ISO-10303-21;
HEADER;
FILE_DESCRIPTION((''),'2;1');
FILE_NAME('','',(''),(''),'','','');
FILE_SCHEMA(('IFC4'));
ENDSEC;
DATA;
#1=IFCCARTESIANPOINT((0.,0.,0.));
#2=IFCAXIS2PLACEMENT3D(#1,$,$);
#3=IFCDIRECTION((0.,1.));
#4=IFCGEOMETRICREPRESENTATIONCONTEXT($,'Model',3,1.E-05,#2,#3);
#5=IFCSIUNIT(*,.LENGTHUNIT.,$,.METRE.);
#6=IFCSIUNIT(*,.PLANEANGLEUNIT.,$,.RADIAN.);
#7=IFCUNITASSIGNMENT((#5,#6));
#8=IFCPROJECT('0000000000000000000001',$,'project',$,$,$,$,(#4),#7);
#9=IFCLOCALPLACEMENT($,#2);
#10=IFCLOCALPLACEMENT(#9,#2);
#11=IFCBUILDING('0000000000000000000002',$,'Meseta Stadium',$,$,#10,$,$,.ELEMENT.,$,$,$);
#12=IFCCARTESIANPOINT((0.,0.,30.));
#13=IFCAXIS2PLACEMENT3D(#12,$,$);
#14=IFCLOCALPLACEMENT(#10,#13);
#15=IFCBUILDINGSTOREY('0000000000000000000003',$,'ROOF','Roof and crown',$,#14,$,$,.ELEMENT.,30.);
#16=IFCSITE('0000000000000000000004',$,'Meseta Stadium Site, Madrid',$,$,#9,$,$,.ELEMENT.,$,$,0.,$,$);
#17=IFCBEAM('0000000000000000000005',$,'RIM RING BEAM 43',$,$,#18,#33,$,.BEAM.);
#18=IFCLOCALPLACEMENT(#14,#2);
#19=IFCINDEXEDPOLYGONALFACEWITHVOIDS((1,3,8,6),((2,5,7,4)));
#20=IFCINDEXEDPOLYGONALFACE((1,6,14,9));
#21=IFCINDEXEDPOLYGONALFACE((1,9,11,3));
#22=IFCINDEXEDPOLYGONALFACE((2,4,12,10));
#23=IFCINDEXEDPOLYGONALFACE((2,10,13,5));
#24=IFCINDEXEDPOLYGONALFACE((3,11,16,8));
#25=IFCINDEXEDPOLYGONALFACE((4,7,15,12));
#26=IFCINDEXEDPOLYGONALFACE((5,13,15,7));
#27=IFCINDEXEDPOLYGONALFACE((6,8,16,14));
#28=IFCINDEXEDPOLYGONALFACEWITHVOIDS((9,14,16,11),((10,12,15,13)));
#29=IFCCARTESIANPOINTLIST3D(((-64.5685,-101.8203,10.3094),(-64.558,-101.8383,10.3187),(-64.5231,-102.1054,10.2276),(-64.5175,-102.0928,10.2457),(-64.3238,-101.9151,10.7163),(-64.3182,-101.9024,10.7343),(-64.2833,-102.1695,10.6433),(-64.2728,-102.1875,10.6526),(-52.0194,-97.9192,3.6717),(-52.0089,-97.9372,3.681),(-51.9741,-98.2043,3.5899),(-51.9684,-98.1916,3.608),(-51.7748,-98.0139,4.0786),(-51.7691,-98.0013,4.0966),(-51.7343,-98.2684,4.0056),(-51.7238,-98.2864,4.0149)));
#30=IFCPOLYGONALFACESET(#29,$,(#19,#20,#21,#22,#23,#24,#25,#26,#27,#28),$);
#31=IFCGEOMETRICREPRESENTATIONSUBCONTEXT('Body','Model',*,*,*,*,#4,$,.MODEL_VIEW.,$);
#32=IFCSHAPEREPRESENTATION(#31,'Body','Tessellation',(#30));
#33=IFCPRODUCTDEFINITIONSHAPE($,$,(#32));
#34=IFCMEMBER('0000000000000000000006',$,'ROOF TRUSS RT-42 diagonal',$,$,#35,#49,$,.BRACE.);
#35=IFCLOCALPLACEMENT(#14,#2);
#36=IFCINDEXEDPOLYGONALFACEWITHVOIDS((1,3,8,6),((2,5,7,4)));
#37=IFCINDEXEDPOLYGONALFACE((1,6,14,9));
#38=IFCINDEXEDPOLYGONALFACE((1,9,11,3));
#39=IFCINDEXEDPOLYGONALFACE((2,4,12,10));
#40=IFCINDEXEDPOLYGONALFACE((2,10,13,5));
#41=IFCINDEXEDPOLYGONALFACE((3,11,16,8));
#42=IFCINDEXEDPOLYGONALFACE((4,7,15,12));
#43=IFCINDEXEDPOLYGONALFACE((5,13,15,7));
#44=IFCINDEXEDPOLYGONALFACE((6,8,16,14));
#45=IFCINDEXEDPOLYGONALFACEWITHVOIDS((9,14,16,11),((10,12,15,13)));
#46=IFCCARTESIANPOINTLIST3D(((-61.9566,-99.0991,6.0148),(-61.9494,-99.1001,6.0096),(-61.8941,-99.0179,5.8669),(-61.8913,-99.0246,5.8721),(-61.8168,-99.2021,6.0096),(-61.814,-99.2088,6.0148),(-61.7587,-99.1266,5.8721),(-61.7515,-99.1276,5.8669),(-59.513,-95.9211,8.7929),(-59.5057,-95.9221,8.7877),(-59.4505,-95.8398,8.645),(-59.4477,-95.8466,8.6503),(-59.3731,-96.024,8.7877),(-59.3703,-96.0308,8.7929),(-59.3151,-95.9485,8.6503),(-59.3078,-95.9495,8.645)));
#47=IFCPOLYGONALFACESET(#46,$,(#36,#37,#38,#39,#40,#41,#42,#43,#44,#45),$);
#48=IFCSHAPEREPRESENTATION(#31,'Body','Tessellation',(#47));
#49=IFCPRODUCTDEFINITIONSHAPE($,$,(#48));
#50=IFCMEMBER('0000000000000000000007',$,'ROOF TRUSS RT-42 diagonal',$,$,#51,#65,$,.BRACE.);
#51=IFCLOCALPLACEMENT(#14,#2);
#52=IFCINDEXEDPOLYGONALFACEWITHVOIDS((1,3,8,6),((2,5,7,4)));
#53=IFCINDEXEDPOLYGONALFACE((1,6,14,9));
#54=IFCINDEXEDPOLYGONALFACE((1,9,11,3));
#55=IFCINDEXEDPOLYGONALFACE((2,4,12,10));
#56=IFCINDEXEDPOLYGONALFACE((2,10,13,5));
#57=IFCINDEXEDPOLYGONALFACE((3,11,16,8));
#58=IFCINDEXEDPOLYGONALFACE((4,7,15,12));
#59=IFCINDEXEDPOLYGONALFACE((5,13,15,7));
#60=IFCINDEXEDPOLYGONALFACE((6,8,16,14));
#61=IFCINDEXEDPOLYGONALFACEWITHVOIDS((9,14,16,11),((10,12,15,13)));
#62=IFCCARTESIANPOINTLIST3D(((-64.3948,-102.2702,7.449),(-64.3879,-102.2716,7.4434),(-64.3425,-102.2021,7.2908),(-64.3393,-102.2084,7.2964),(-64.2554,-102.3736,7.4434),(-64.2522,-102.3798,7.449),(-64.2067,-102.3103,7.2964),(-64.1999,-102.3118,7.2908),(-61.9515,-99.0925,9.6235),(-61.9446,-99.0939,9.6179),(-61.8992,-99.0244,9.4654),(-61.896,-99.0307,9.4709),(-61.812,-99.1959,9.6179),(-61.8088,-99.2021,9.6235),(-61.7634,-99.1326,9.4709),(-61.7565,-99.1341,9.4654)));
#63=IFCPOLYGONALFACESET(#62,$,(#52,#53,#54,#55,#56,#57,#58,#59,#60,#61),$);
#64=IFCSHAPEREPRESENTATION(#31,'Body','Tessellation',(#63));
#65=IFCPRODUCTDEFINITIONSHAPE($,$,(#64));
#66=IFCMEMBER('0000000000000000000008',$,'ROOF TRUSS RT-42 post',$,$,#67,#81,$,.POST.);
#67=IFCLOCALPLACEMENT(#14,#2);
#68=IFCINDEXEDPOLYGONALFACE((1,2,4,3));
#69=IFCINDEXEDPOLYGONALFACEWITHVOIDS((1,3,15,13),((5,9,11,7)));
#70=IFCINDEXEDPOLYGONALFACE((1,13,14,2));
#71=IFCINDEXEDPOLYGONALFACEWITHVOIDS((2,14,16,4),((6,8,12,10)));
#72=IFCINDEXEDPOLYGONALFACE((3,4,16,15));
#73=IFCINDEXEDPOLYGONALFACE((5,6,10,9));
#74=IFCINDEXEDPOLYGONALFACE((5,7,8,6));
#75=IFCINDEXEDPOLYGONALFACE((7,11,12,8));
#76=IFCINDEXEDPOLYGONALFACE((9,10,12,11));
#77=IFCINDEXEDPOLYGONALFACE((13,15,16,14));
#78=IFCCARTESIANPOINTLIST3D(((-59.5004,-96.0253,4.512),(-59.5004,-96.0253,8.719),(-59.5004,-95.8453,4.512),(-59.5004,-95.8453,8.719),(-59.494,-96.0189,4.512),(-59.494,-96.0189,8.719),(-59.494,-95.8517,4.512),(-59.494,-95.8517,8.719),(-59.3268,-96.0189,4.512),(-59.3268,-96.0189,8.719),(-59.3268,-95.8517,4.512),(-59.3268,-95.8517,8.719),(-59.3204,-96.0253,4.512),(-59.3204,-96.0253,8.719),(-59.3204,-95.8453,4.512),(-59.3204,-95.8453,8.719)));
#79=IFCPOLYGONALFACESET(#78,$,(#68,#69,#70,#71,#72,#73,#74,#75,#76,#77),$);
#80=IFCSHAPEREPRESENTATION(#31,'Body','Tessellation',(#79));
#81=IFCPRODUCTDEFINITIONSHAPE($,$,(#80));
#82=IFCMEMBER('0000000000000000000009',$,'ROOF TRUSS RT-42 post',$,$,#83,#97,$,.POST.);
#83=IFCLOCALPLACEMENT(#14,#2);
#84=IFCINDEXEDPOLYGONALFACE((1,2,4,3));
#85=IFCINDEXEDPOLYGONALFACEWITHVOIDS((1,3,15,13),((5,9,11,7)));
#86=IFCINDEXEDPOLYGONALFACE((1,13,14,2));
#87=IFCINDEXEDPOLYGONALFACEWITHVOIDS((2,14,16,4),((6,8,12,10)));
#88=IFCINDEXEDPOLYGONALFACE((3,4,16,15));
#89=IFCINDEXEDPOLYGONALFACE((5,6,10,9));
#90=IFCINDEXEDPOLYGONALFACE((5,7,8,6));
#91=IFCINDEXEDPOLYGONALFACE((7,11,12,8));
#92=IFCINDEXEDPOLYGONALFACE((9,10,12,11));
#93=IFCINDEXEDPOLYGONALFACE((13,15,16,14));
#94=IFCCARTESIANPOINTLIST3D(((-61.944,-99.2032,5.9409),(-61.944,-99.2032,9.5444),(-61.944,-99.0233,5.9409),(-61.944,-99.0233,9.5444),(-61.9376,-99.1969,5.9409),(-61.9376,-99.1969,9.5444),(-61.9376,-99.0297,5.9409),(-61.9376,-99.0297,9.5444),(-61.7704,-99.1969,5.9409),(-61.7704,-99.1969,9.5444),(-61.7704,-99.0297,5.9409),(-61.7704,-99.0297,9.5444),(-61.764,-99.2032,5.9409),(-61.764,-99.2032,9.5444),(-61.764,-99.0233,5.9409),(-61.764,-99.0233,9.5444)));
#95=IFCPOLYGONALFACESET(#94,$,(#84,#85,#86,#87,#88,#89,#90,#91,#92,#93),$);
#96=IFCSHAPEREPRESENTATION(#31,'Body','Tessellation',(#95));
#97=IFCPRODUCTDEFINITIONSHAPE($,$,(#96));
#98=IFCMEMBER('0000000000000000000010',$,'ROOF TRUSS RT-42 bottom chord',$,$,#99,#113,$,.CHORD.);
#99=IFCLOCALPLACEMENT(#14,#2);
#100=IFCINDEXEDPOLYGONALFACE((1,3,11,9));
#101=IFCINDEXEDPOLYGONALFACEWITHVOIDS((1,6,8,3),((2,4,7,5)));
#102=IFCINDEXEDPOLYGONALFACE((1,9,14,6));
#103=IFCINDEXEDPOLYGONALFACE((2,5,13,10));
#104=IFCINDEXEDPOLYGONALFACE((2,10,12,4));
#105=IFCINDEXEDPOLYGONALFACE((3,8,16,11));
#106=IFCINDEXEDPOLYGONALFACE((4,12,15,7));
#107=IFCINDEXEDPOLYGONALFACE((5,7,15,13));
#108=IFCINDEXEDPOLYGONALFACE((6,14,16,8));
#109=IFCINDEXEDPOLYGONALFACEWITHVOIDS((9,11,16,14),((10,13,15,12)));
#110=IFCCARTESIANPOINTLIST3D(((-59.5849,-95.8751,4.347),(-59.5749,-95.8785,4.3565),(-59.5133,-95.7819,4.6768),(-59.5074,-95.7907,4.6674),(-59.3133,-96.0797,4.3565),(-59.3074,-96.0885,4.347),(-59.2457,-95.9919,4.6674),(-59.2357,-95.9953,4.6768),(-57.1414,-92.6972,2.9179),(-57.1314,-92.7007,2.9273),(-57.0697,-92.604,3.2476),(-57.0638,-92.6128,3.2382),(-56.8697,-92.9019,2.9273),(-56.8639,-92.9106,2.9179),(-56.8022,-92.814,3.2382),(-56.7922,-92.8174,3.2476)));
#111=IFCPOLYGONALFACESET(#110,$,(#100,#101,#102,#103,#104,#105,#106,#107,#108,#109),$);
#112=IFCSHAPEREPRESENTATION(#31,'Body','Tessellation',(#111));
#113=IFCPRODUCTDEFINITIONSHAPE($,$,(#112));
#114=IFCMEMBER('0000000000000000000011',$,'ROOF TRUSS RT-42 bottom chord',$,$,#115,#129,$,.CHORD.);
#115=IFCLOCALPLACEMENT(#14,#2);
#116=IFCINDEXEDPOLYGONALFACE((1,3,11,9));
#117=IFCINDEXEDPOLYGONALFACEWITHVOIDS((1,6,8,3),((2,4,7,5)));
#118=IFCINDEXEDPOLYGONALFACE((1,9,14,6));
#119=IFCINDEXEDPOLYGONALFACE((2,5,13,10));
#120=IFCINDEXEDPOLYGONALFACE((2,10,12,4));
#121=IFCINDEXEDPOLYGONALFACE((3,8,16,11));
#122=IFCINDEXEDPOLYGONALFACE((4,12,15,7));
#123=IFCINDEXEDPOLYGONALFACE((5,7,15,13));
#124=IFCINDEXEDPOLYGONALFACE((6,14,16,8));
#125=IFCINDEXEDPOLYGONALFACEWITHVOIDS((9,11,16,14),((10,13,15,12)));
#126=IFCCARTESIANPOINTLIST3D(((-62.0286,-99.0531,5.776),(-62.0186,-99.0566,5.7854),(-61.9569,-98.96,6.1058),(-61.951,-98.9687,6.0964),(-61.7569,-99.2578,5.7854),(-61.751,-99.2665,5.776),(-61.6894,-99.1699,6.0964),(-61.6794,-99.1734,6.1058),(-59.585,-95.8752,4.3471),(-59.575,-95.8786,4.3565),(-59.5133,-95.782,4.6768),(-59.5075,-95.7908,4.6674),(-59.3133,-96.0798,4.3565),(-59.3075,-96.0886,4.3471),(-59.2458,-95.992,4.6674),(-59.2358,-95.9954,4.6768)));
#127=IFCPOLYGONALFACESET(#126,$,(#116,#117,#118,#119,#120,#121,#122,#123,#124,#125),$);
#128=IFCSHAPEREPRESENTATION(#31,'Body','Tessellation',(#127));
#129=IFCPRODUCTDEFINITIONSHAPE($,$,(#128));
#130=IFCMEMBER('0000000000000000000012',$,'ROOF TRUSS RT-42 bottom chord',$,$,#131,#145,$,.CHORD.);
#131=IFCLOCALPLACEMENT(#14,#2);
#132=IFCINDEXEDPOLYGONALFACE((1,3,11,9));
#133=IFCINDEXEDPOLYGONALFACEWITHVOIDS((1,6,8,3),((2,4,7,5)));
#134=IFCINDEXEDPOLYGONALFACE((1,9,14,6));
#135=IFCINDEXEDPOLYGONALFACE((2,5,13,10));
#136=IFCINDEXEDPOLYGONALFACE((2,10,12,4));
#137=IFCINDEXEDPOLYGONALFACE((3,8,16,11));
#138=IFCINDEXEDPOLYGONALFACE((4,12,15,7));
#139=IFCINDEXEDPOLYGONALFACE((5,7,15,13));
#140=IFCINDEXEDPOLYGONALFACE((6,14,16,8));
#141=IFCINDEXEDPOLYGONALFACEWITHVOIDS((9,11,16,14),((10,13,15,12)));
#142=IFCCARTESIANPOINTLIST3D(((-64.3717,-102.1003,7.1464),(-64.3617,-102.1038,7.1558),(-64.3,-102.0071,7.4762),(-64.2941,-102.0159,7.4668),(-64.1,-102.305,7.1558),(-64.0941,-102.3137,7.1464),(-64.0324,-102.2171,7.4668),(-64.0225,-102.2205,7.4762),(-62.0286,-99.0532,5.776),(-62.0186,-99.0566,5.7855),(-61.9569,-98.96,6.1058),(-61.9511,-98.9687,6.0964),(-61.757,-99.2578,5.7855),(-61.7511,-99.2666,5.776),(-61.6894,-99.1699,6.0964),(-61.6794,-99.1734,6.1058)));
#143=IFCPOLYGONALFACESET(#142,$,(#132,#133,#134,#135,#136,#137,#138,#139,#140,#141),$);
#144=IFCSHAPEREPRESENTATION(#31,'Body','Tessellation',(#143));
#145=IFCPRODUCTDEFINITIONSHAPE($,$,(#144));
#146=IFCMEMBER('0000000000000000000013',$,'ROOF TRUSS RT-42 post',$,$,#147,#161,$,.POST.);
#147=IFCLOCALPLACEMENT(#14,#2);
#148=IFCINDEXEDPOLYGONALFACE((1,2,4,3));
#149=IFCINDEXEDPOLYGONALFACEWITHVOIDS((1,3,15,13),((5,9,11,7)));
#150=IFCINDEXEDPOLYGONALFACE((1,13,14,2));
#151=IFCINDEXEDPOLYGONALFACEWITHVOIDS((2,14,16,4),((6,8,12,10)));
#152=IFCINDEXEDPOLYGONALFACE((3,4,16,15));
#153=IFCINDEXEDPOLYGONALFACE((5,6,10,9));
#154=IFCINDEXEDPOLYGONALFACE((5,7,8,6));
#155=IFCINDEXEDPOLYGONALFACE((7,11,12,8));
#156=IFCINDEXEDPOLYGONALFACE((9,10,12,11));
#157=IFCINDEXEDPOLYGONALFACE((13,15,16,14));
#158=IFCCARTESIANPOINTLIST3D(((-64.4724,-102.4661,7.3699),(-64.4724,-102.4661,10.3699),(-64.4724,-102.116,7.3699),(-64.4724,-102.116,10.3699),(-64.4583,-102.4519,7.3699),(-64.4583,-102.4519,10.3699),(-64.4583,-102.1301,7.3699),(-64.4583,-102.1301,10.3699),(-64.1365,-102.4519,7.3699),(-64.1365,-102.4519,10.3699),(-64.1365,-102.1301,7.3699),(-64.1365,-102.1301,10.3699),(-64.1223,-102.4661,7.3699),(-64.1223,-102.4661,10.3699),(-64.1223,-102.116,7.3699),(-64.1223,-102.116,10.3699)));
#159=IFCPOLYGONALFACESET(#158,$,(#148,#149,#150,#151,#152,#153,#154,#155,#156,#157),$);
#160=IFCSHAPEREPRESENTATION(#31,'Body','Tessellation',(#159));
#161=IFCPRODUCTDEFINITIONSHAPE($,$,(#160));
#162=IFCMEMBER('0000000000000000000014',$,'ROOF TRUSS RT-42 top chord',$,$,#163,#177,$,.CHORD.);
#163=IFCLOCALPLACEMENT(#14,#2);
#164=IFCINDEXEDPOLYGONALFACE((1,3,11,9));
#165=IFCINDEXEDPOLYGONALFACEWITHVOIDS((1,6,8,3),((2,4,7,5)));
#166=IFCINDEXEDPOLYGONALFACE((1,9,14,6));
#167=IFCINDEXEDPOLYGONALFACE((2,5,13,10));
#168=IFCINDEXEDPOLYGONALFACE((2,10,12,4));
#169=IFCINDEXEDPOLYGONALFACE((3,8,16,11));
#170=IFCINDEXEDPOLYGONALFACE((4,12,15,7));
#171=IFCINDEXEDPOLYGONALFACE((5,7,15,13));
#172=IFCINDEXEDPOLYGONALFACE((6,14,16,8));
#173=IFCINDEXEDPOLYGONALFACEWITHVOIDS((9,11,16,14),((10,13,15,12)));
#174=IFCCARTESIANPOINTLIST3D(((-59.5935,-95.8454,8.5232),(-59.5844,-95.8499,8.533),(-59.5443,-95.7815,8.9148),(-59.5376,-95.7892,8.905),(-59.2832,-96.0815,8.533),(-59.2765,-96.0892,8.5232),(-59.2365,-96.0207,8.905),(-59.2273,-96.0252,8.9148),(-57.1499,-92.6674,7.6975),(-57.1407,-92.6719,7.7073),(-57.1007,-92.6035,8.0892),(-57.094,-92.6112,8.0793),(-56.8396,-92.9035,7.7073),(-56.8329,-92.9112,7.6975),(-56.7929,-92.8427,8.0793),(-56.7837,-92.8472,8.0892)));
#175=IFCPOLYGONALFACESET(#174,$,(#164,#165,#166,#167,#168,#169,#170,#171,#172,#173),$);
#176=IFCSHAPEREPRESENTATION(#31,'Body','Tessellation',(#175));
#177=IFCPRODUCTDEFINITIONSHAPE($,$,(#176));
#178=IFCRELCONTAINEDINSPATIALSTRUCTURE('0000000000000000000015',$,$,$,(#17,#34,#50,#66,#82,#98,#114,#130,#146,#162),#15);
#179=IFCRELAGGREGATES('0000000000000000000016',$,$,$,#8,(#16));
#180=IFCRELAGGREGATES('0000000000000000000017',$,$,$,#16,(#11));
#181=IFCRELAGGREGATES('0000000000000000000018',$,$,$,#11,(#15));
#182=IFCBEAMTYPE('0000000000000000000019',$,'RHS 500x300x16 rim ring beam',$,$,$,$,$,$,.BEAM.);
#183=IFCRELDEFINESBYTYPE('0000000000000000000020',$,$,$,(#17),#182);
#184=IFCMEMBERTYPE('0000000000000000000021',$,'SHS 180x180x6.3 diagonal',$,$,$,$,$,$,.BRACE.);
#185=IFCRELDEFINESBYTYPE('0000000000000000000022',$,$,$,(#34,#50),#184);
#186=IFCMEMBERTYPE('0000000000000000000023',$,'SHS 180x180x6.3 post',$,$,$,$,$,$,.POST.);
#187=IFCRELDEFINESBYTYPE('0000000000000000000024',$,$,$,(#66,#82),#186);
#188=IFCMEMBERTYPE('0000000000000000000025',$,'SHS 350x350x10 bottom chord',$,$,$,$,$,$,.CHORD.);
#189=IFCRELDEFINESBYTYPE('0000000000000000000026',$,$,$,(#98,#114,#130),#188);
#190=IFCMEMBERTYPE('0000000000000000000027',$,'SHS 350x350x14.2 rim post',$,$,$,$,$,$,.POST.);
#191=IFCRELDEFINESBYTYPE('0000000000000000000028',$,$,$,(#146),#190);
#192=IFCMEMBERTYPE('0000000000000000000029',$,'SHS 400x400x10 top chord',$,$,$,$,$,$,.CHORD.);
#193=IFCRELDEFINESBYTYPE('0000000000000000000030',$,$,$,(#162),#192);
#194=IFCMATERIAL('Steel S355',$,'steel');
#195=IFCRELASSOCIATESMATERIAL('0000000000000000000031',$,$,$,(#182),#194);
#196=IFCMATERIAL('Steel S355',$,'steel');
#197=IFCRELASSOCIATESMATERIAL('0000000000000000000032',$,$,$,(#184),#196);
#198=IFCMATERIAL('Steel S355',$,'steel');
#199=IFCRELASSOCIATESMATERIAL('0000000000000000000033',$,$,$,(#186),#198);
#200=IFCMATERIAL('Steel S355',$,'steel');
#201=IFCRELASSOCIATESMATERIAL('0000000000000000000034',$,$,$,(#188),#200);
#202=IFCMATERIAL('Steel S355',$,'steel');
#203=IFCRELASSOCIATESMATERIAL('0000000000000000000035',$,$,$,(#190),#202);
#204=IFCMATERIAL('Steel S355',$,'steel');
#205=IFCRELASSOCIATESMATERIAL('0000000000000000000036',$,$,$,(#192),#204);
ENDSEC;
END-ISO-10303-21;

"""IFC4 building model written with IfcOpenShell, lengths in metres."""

from ifc_helpers import new_model, si_unit, direction, frame, origin, origin_2d, place, context, subcontext, project, spatial, hollow_rectangle, extrude, material, material_profile, profile_set, type_object, element, save


model = new_model("IFC4")

# Units and contexts
model_context = context("Model", 3, precision=1e-05, world=origin(), true_north=direction((0.0, 1.0)))
body_context = subcontext(model_context, "Body", "Model", "MODEL_VIEW")
ifc_project = project(units=[si_unit("LENGTHUNIT", "METRE"), si_unit("PLANEANGLEUNIT", "RADIAN")], contexts=[model_context])

# Site, building, storey
site_placement = place(None, origin())
site = spatial("IfcSite", under=ifc_project, at=site_placement, Name="Meseta Stadium Site, Madrid", CompositionType="ELEMENT", RefElevation=0.0)
building_placement = place(site_placement, origin())
building = spatial("IfcBuilding", under=site, at=building_placement, Name="Meseta Stadium", CompositionType="ELEMENT")
storey_placement = place(building_placement, frame((0.0, 0.0, 30.0)))
storey = spatial("IfcBuildingStorey", under=building, at=storey_placement, Name="ROOF", Description="Roof and crown", CompositionType="ELEMENT", Elevation=30.0)

# Beam
ifc_material_1 = material(Name="Steel S355", Category="steel")
ifc_material_profile_1 = material_profile(ifc_material_1, hollow_rectangle(XDim=0.3, YDim=0.5, WallThickness=0.0161, at=origin_2d()), Name="RHS 500x300x16")
ifc_profile_set_1 = profile_set([ifc_material_profile_1], Name="Steel S355")
beam_type = type_object("IfcBeamType", Name="RHS 500x300x16 rim ring beam", PredefinedType="BEAM", material=ifc_profile_set_1)
beam_placement = place(storey_placement, frame((-64.4207, -102.0039, 10.481), z_axis=(0.852364, 0.264974, -0.450849), x_axis=(-0.15122, 0.950183, 0.272552)))
element("IfcBeam", 1, at=beam_placement, inside=storey, type_object=beam_type, Name="RIM RING BEAM 43", PredefinedType="BEAM", context=body_context, shape_type="SweptSolid", body=[
    extrude(hollow_rectangle(XDim=0.3, YDim=0.5, WallThickness=0.0161, at=origin_2d()), origin(), (0.0, 0.0, 1.0), 14.7227),
])

# Members
ifc_material_2 = material(Name="Steel S355", Category="steel")
ifc_material_profile_2 = material_profile(ifc_material_2, hollow_rectangle(XDim=0.1799, YDim=0.1799, WallThickness=0.0063, at=origin_2d()), Name="SHS 180x180x6.3")
ifc_profile_set_2 = profile_set([ifc_material_profile_2], Name="Steel S355")
member_type_1 = type_object("IfcMemberType", Name="SHS 180x180x6.3 diagonal", PredefinedType="BRACE", material=ifc_profile_set_2)
member_1_placement = place(storey_placement, frame((-59.4104, -95.9353, 8.719), z_axis=(-0.501011, -0.65158, -0.569588), x_axis=(0.792744, -0.609555, 0.0)))
element("IfcMember", 2, at=member_1_placement, inside=storey, type_object=member_type_1, Name="ROOF TRUSS RT-42 diagonal", PredefinedType="BRACE", context=body_context, shape_type="SweptSolid", body=[
    extrude(hollow_rectangle(XDim=0.1799, YDim=0.1799, WallThickness=0.0063, at=origin_2d()), origin(), (0.0, 0.0, 1.0), 4.8774),
])
member_2_placement = place(storey_placement, frame((-61.854, -99.1133, 9.5444), z_axis=(-0.535784, -0.696819, -0.476842), x_axis=(0.792751, -0.609546, 0.0)))
element("IfcMember", 3, at=member_2_placement, inside=storey, type_object=member_type_1, Name="ROOF TRUSS RT-42 diagonal", PredefinedType="BRACE", context=body_context, shape_type="SweptSolid", body=[
    extrude(hollow_rectangle(XDim=0.1799, YDim=0.1799, WallThickness=0.0063, at=origin_2d()), origin(), (0.0, 0.0, 1.0), 4.5603),
])
ifc_material_3 = material(Name="Steel S355", Category="steel")
ifc_material_profile_3 = material_profile(ifc_material_3, hollow_rectangle(XDim=0.1799, YDim=0.1799, WallThickness=0.0063, at=origin_2d()), Name="SHS 180x180x6.3")
ifc_profile_set_3 = profile_set([ifc_material_profile_3], Name="Steel S355")
member_type_2 = type_object("IfcMemberType", Name="SHS 180x180x6.3 post", PredefinedType="POST", material=ifc_profile_set_3)
member_3_placement = place(storey_placement, frame((-59.4104, -95.9353, 4.512), z_axis=(0.0, 0.0, 1.0), x_axis=(1.0, 0.0, 0.0)))
element("IfcMember", 4, at=member_3_placement, inside=storey, type_object=member_type_2, Name="ROOF TRUSS RT-42 post", PredefinedType="POST", context=body_context, shape_type="SweptSolid", body=[
    extrude(hollow_rectangle(XDim=0.1799, YDim=0.1799, WallThickness=0.0063, at=origin_2d()), origin(), (0.0, 0.0, 1.0), 4.207),
])
member_4_placement = place(storey_placement, frame((-61.854, -99.1133, 5.9409), z_axis=(0.0, 0.0, 1.0), x_axis=(1.0, 0.0, 0.0)))
element("IfcMember", 5, at=member_4_placement, inside=storey, type_object=member_type_2, Name="ROOF TRUSS RT-42 post", PredefinedType="POST", context=body_context, shape_type="SweptSolid", body=[
    extrude(hollow_rectangle(XDim=0.1799, YDim=0.1799, WallThickness=0.0063, at=origin_2d()), origin(), (0.0, 0.0, 1.0), 3.6035),
])
ifc_material_4 = material(Name="Steel S355", Category="steel")
ifc_material_profile_4 = material_profile(ifc_material_4, hollow_rectangle(XDim=0.3501, YDim=0.3501, WallThickness=0.01, at=origin_2d()), Name="SHS 350x350x10")
ifc_profile_set_4 = profile_set([ifc_material_profile_4], Name="Steel S355")
member_type_3 = type_object("IfcMemberType", Name="SHS 350x350x10 bottom chord", PredefinedType="CHORD", material=ifc_profile_set_4)
for number, where, z_axis, x_axis, name in (
    (6, (-56.9668, -92.7573, 3.0828), (-0.574158, -0.746709, 0.33581), (0.792744, -0.609555, 0.0), "ROOF TRUSS RT-42 bottom chord"),
    (7, (-59.4104, -95.9353, 4.512), (-0.574169, -0.746724, 0.335759), (0.792744, -0.609555, 0.0), "ROOF TRUSS RT-42 bottom chord"),
):
    element("IfcMember", number, at=place(storey_placement, frame(where, z_axis=z_axis, x_axis=x_axis)), inside=storey, type_object=member_type_3, Name=name, PredefinedType="CHORD", context=body_context, shape_type="SweptSolid", body=[
        extrude(hollow_rectangle(XDim=0.3501, YDim=0.3501, WallThickness=0.01, at=origin_2d()), origin(), (0.0, 0.0, 1.0), 4.2559),
    ])
member_5_placement = place(storey_placement, frame((-61.854, -99.1133, 5.9409), z_axis=(-0.574163, -0.746705, 0.335811), x_axis=(0.79274, -0.60956, 0.0)))
element("IfcMember", 8, at=member_5_placement, inside=storey, type_object=member_type_3, Name="ROOF TRUSS RT-42 bottom chord", PredefinedType="CHORD", context=body_context, shape_type="SweptSolid", body=[
    extrude(hollow_rectangle(XDim=0.3501, YDim=0.3501, WallThickness=0.01, at=origin_2d()), origin(), (0.0, 0.0, 1.0), 4.0808),
])
ifc_material_5 = material(Name="Steel S355", Category="steel")
ifc_material_profile_5 = material_profile(ifc_material_5, hollow_rectangle(XDim=0.3501, YDim=0.3501, WallThickness=0.0142, at=origin_2d()), Name="SHS 350x350x14.2")
ifc_profile_set_5 = profile_set([ifc_material_profile_5], Name="Steel S355")
member_type_4 = type_object("IfcMemberType", Name="SHS 350x350x14.2 rim post", PredefinedType="POST", material=ifc_profile_set_5)
member_6_placement = place(storey_placement, frame((-64.2974, -102.291, 7.3699), z_axis=(0.0, 0.0, 1.0), x_axis=(1.0, 0.0, 0.0)))
element("IfcMember", 9, at=member_6_placement, inside=storey, type_object=member_type_4, Name="ROOF TRUSS RT-42 post", PredefinedType="POST", context=body_context, shape_type="SweptSolid", body=[
    extrude(hollow_rectangle(XDim=0.3501, YDim=0.3501, WallThickness=0.0142, at=origin_2d()), origin(), (0.0, 0.0, 1.0), 3.0),
])
ifc_material_6 = material(Name="Steel S355", Category="steel")
ifc_material_profile_6 = material_profile(ifc_material_6, hollow_rectangle(XDim=0.3999, YDim=0.3999, WallThickness=0.01, at=origin_2d()), Name="SHS 400x400x10")
ifc_profile_set_6 = profile_set([ifc_material_profile_6], Name="Steel S355")
member_type_5 = type_object("IfcMemberType", Name="SHS 400x400x10 top chord", PredefinedType="CHORD", material=ifc_profile_set_6)
for number, where, z_axis, x_axis, name in (
    (10, (-56.9668, -92.7573, 7.8933), (-0.597023, -0.776446, 0.201732), (0.792744, -0.609555, 0.0), "ROOF TRUSS RT-42 top chord"),
):
    element("IfcMember", number, at=place(storey_placement, frame(where, z_axis=z_axis, x_axis=x_axis)), inside=storey, type_object=member_type_5, Name=name, PredefinedType="CHORD", context=body_context, shape_type="SweptSolid", body=[
        extrude(hollow_rectangle(XDim=0.3999, YDim=0.3999, WallThickness=0.01, at=origin_2d()), origin(), (0.0, 0.0, 1.0), 4.093),
    ])

save(model, "model.ifc")
